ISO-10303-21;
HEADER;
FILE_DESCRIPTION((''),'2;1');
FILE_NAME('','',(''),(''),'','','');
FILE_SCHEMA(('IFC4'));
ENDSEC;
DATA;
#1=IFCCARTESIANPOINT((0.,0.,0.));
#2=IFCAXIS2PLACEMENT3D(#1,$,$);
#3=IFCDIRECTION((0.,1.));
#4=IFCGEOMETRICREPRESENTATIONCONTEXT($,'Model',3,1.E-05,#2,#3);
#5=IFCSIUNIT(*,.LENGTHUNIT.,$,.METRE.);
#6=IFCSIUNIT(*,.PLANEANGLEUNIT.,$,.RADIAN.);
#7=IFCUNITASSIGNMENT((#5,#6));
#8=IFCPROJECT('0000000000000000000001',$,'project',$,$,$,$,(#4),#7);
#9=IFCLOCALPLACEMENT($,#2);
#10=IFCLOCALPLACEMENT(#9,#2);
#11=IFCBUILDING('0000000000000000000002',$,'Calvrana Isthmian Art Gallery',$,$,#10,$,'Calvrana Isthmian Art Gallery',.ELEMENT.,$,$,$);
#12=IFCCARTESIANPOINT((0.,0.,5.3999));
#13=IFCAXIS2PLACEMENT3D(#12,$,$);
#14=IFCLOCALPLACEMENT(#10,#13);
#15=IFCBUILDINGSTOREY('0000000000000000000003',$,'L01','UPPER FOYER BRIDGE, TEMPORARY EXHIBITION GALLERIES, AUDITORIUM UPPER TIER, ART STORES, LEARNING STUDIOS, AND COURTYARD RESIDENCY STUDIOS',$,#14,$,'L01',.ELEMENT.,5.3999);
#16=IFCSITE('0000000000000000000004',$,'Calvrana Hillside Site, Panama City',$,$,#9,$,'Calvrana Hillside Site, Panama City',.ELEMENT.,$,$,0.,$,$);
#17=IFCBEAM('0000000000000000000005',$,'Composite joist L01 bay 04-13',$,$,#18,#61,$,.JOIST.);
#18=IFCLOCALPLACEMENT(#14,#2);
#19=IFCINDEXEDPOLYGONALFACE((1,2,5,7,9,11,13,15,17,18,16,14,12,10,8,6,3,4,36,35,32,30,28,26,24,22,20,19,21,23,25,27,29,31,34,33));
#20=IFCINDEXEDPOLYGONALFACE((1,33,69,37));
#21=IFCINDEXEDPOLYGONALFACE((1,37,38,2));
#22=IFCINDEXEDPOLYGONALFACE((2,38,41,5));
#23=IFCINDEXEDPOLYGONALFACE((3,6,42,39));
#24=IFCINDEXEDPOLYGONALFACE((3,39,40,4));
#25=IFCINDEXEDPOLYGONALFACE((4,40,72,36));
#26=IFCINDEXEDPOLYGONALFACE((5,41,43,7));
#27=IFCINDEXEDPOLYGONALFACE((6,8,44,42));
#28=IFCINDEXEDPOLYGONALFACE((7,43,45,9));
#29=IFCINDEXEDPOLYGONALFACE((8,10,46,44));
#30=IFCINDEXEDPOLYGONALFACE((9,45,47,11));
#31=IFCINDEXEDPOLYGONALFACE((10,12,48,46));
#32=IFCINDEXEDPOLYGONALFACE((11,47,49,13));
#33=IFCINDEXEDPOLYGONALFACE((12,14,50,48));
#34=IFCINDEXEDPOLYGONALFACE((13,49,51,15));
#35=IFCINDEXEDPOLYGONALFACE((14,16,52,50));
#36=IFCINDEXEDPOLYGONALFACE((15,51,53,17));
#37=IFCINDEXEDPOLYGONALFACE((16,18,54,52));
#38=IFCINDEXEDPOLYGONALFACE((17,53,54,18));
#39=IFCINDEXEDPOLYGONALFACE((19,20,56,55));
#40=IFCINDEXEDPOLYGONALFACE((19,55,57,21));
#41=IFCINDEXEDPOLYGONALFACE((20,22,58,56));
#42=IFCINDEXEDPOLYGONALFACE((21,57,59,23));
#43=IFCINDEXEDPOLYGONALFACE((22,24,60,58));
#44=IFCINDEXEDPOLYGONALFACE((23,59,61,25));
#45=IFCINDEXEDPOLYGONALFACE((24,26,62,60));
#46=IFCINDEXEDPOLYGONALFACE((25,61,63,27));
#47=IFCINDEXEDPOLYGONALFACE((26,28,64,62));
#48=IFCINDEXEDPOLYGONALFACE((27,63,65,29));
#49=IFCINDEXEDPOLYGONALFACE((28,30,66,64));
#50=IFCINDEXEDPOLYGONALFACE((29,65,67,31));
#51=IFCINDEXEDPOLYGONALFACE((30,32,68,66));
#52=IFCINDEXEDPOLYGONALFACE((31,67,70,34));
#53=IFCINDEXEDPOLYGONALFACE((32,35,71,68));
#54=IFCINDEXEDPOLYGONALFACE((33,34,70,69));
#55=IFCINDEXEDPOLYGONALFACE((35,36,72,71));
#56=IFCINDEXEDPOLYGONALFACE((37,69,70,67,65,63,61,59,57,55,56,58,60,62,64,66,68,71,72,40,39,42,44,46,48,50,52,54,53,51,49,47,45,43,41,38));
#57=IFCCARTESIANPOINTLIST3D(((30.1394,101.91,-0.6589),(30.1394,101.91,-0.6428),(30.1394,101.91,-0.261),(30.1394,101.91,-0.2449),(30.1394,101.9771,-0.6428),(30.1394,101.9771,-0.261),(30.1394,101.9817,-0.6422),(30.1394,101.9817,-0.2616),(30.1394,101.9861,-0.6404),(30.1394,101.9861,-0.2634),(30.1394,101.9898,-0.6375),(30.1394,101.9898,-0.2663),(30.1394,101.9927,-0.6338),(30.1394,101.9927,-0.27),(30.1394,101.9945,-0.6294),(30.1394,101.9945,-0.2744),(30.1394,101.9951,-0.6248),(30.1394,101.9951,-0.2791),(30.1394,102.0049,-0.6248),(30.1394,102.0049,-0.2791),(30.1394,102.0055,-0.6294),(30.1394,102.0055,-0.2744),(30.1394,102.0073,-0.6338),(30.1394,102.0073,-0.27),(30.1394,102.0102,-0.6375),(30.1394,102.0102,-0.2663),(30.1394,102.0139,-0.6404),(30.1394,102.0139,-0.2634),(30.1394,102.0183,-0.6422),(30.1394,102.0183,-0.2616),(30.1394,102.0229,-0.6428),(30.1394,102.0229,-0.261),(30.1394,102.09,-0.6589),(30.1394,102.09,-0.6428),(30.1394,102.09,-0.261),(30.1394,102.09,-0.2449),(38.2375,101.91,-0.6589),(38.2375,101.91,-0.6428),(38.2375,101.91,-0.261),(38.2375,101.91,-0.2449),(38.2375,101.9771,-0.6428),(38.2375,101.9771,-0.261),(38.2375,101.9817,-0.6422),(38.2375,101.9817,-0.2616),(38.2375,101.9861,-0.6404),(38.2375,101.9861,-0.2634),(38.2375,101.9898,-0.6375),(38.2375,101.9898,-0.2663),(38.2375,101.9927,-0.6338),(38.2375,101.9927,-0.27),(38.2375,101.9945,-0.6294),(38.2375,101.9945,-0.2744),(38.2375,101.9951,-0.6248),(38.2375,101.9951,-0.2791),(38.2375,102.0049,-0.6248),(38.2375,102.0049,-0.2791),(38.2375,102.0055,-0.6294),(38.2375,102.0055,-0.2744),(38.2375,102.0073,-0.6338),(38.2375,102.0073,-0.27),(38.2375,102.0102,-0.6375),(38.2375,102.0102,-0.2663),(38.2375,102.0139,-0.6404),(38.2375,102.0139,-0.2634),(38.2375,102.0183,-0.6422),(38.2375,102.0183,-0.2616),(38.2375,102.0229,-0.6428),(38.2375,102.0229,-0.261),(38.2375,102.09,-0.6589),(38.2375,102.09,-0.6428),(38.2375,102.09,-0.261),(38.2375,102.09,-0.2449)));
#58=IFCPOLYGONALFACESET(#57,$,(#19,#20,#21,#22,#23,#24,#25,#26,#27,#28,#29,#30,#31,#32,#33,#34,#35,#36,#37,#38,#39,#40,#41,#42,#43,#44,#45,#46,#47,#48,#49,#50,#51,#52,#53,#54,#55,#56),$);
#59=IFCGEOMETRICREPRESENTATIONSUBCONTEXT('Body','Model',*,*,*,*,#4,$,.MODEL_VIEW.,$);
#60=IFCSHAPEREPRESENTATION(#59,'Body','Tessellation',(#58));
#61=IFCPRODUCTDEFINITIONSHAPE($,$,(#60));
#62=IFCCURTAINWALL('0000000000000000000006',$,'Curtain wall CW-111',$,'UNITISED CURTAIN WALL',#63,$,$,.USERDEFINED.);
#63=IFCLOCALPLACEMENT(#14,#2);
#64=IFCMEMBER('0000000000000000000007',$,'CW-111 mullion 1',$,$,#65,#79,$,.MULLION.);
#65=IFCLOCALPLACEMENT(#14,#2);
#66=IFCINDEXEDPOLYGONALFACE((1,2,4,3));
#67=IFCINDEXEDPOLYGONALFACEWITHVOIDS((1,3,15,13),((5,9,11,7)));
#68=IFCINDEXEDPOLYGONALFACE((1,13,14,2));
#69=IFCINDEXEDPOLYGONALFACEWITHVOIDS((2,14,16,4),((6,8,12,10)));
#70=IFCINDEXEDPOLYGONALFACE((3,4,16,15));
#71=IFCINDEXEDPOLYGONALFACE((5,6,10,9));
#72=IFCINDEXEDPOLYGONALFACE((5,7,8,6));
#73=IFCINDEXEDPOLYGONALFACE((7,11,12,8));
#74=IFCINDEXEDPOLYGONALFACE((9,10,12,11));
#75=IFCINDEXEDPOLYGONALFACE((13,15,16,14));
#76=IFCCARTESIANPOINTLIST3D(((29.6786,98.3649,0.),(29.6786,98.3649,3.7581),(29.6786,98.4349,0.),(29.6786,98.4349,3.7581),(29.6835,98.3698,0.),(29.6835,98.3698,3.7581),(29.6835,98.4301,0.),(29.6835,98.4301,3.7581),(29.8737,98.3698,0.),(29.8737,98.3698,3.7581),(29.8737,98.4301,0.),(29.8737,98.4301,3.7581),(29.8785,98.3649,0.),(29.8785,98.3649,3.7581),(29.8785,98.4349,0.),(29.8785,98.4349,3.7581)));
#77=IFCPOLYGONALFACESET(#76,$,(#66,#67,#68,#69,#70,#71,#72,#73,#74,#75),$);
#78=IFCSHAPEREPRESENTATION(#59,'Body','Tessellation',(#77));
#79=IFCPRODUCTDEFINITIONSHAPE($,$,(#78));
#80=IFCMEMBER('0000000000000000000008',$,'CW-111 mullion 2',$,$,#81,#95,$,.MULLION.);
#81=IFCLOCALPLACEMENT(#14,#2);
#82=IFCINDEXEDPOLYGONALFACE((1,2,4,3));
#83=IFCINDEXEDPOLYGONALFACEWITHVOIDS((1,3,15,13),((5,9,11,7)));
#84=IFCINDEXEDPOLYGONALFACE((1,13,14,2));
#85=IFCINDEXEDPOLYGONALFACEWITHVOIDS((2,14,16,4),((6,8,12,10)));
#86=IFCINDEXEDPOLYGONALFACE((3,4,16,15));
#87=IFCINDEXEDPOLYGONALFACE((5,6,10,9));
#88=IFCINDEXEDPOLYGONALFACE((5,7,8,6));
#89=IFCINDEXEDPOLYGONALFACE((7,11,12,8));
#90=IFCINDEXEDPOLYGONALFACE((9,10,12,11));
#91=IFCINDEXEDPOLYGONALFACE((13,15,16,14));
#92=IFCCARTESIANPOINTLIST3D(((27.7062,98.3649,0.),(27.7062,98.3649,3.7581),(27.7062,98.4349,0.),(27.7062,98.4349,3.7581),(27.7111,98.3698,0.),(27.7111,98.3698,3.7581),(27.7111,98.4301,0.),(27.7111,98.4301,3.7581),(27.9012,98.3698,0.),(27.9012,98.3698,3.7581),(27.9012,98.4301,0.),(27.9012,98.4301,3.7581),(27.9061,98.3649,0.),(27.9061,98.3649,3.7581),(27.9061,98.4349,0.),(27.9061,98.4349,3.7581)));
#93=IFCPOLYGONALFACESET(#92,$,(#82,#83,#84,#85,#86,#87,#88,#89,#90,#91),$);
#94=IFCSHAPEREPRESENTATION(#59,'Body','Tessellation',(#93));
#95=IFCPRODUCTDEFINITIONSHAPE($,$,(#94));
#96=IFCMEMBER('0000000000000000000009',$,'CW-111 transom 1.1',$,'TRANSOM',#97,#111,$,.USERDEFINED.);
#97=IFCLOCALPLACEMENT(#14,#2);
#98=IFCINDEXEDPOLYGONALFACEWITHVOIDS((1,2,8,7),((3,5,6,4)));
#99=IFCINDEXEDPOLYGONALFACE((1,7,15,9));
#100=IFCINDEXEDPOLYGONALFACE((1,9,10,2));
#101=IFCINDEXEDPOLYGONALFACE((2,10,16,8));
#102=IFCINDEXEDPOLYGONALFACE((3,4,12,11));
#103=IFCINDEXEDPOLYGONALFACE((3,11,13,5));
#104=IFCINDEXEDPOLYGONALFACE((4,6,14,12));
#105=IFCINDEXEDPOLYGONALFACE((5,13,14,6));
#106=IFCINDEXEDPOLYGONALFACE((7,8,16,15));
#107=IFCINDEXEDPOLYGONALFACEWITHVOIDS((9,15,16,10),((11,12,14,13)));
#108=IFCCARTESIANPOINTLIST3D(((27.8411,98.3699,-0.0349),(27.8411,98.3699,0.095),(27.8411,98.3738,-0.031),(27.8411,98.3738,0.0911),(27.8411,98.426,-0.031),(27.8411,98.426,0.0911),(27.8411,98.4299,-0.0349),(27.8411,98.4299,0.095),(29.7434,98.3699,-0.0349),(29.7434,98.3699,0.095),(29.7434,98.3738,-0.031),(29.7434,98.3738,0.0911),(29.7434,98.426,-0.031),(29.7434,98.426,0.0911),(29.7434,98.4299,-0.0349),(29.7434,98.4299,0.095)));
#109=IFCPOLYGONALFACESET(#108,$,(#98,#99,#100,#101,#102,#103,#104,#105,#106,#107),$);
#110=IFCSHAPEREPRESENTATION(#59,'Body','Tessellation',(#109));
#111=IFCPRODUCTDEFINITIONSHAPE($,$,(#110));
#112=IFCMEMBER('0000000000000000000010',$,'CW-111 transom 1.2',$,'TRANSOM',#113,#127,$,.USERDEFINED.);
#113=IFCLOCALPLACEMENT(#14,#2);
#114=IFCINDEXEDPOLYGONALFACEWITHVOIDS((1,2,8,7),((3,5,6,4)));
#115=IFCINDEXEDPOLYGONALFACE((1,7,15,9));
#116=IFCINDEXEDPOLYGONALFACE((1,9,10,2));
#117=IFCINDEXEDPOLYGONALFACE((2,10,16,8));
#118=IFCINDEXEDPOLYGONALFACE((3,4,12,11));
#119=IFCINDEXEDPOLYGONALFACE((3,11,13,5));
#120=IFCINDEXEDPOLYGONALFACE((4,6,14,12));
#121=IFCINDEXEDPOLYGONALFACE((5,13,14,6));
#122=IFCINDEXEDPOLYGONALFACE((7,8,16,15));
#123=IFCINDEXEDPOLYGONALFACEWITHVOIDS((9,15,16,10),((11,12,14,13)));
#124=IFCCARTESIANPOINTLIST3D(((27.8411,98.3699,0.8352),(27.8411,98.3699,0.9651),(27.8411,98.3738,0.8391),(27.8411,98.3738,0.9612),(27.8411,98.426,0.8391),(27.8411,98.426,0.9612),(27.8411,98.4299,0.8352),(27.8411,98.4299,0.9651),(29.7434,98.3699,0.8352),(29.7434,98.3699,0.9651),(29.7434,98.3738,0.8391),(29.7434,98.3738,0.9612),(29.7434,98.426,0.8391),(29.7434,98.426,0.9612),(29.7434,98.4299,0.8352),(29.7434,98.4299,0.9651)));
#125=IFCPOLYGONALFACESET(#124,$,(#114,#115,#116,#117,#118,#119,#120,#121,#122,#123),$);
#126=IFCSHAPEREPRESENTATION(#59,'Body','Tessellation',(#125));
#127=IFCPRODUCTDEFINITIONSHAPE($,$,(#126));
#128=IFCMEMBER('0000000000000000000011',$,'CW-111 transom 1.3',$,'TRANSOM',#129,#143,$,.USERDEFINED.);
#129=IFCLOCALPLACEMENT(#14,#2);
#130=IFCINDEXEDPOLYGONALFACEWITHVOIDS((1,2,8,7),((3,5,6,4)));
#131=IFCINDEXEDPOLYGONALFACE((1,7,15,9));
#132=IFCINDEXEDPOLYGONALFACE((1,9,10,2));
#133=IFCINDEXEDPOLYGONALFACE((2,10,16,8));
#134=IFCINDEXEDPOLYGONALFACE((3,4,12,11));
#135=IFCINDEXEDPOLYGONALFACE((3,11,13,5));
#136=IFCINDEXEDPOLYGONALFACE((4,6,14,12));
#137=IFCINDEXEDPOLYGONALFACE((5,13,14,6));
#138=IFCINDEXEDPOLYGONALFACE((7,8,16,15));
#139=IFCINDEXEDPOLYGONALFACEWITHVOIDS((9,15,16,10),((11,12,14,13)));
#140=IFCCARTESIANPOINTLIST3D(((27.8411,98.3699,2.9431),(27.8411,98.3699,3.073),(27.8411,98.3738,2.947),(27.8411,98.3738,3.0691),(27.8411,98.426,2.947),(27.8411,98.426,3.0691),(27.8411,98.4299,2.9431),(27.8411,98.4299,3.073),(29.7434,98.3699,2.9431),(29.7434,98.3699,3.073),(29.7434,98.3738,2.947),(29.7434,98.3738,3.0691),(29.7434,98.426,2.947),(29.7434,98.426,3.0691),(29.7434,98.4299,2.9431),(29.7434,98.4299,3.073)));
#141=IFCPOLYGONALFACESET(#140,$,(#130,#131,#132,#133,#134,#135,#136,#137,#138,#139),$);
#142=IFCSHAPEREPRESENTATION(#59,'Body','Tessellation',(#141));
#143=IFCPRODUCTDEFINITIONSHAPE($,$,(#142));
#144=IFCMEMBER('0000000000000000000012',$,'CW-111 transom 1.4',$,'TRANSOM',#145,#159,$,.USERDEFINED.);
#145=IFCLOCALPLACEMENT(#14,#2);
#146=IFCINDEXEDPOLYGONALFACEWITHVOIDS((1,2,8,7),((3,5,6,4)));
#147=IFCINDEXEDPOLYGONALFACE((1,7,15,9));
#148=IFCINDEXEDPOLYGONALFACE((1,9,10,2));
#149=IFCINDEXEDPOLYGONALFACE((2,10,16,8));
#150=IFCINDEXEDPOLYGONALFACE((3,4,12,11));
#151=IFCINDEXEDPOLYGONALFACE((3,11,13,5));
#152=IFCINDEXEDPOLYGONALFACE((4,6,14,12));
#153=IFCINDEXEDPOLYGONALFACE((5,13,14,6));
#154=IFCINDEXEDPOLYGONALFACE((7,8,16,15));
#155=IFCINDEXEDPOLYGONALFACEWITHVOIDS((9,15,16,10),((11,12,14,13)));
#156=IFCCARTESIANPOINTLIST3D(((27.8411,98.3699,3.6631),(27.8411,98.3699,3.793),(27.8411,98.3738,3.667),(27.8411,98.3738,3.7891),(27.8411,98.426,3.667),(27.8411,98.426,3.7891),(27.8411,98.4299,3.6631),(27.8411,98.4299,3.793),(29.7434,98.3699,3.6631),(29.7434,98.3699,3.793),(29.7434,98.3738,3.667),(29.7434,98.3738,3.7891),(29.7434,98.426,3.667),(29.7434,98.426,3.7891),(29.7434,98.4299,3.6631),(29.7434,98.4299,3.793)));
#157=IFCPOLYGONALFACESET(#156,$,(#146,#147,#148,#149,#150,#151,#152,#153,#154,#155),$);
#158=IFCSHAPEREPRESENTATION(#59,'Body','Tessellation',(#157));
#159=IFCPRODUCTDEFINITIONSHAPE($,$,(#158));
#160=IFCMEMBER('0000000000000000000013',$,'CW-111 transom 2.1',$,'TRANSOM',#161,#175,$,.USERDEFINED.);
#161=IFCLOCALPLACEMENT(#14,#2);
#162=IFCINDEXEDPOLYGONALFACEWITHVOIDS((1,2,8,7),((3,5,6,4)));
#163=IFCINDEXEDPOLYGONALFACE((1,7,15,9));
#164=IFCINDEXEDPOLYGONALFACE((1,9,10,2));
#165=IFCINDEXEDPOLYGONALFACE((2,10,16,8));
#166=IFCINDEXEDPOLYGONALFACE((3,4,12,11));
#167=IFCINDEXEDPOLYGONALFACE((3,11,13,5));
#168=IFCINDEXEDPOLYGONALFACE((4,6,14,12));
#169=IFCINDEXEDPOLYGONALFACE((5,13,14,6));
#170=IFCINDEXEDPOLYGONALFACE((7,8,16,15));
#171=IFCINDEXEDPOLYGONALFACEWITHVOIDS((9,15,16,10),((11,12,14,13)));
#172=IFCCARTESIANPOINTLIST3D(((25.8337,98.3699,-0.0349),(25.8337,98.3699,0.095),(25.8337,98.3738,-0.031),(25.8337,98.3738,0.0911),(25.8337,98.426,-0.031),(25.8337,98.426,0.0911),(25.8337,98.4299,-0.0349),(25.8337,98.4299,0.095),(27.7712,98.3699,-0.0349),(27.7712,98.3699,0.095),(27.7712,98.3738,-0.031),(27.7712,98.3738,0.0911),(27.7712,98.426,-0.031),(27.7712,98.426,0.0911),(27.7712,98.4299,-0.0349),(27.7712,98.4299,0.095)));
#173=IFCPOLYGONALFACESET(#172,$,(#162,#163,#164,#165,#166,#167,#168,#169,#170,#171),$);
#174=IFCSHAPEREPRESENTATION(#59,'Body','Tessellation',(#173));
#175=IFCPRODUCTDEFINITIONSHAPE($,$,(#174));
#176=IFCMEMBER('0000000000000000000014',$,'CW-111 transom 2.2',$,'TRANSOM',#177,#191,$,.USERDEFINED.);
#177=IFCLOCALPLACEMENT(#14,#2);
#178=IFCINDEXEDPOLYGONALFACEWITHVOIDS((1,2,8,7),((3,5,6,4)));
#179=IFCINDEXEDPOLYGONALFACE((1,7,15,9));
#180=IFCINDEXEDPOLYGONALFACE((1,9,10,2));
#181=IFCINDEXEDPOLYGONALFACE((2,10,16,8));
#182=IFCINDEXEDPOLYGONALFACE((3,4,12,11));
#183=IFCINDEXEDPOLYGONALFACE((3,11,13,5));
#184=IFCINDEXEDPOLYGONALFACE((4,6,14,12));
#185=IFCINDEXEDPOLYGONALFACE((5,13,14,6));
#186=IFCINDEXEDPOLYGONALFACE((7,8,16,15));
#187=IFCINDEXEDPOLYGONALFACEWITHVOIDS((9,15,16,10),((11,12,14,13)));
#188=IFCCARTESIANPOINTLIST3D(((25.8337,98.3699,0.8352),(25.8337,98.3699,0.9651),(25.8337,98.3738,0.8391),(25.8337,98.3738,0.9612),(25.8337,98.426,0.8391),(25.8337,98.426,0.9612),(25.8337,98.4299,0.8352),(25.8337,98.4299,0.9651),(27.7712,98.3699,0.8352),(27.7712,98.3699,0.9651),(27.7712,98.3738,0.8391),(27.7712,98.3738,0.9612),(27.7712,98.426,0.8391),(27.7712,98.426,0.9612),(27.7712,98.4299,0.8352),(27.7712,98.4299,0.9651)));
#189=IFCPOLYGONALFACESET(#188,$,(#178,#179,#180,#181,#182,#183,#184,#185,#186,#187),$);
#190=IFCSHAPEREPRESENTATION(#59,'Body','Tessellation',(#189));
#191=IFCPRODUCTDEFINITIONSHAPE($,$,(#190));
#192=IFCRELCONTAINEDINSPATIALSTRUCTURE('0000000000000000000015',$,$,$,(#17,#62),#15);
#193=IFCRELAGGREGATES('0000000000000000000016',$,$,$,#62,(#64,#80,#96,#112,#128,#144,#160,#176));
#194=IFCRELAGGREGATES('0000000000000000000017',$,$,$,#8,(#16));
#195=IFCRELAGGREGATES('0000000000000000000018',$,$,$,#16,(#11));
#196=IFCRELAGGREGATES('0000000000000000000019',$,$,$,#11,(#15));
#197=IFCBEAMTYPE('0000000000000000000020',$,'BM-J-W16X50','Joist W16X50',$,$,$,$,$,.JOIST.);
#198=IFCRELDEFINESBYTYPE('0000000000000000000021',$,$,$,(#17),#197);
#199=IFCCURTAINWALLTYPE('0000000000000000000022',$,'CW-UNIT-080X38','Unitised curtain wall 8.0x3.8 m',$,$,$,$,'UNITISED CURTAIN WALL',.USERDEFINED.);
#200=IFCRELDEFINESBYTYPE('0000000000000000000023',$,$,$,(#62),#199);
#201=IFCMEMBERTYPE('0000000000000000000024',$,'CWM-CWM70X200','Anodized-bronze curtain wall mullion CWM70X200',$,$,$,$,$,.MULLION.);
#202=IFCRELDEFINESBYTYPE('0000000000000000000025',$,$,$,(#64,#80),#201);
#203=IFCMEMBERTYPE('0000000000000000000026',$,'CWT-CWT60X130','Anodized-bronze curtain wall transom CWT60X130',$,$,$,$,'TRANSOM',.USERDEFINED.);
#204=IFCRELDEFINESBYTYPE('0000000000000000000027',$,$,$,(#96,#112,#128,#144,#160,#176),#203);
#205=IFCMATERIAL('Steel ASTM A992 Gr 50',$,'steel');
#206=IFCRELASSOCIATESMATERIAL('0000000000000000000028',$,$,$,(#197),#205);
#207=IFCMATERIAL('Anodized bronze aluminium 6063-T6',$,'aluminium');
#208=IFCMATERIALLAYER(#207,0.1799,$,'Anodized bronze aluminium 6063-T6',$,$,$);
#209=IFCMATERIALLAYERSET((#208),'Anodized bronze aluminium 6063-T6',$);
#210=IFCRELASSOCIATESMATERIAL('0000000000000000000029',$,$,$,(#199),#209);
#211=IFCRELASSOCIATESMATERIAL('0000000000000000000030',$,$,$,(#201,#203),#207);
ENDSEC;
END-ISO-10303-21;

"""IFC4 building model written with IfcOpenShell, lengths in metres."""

from ifc_helpers import new_model, si_unit, direction, frame, origin, origin_2d, place, context, subcontext, project, spatial, hollow_rectangle, i_section, extrude, material, layer, layer_set, material_profile, profile_set, type_object, element, aggregate, save


model = new_model("IFC4")

# Units and contexts
model_context = context("Model", 3, precision=1e-05, world=origin(), true_north=direction((0.0, 1.0)))
body_context = subcontext(model_context, "Body", "Model", "MODEL_VIEW")
ifc_project = project(units=[si_unit("LENGTHUNIT", "METRE"), si_unit("PLANEANGLEUNIT", "RADIAN")], contexts=[model_context])

# Site, building, storey
site_placement = place(None, origin())
site = spatial("IfcSite", under=ifc_project, at=site_placement, Name="Calvrana Hillside Site, Panama City", LongName="Calvrana Hillside Site, Panama City", CompositionType="ELEMENT", RefElevation=0.0)
building_placement = place(site_placement, origin())
building = spatial("IfcBuilding", under=site, at=building_placement, Name="Calvrana Isthmian Art Gallery", LongName="Calvrana Isthmian Art Gallery", CompositionType="ELEMENT")
storey_placement = place(building_placement, frame((0.0, 0.0, 5.3999)))
storey = spatial("IfcBuildingStorey", under=building, at=storey_placement, Name="L01", Description="UPPER FOYER BRIDGE, TEMPORARY EXHIBITION GALLERIES, AUDITORIUM UPPER TIER, ART STORES, LEARNING STUDIOS, AND COURTYARD RESIDENCY STUDIOS", LongName="L01", CompositionType="ELEMENT", Elevation=5.3999)

# Shared definitions
ifc_material_1 = material(Name="Steel ASTM A992 Gr 50", Category="steel")

# Beam
ifc_material_profile_1 = material_profile(ifc_material_1, i_section(OverallWidth=0.1799, OverallDepth=0.4141, WebThickness=0.0098, FlangeThickness=0.0161, FilletRadius=0.0181, at=origin_2d()), Name="W16X50")
ifc_profile_set_1 = profile_set([ifc_material_profile_1], Name="Steel ASTM A992 Gr 50")
beam_type_1 = type_object("IfcBeamType", Name="BM-J-W16X50", Description="Joist W16X50", PredefinedType="JOIST", material=ifc_profile_set_1)
beam_1_placement = place(storey_placement, frame((30.1394, 102.0, -0.4519), z_axis=(1.0, 0.0, 0.0), x_axis=(0.0, 1.0, 0.0)))
element("IfcBeam", 1, at=beam_1_placement, inside=storey, type_object=beam_type_1, Name="Composite joist L01 bay 04-13", PredefinedType="JOIST", context=body_context, shape_type="SweptSolid", body=[
    extrude(i_section(OverallWidth=0.1799, OverallDepth=0.4141, WebThickness=0.0098, FlangeThickness=0.0161, FilletRadius=0.0181, at=origin_2d()), origin(), (0.0, 0.0, 1.0), 8.0981),
])

# Curtain wall, members
ifc_material_2 = material(Name="Anodized bronze aluminium 6063-T6", Category="aluminium")
ifc_layer_1 = layer(ifc_material_2, 0.1799, Name="Anodized bronze aluminium 6063-T6")
ifc_layer_set_1 = layer_set([ifc_layer_1], Name="Anodized bronze aluminium 6063-T6")
curtain_wall_type = type_object("IfcCurtainWallType", Name="CW-UNIT-080X38", Description="Unitised curtain wall 8.0x3.8 m", ElementType="UNITISED CURTAIN WALL", PredefinedType="USERDEFINED", material=ifc_layer_set_1)
curtain_wall_placement = place(storey_placement, origin())
curtain_wall = element("IfcCurtainWall", 2, at=curtain_wall_placement, inside=storey, type_object=curtain_wall_type, Name="Curtain wall CW-111", ObjectType="UNITISED CURTAIN WALL", PredefinedType="USERDEFINED")
ifc_material_profile_2 = material_profile(ifc_material_2, hollow_rectangle(XDim=0.0701, YDim=0.2, WallThickness=0.0049, at=origin_2d()), Name="CWM70X200")
ifc_profile_set_2 = profile_set([ifc_material_profile_2], Name="Anodized bronze aluminium 6063-T6")
member_type_1 = type_object("IfcMemberType", Name="CWM-CWM70X200", Description="Anodized-bronze curtain wall mullion CWM70X200", PredefinedType="MULLION", material=ifc_profile_set_2)
member_1_placement = place(storey_placement, frame((29.7786, 98.3999, 0.0), z_axis=(0.0, 0.0, 1.0), x_axis=(0.0, -1.0, 0.0)))
member_1 = element("IfcMember", 3, at=member_1_placement, type_object=member_type_1, Name="CW-111 mullion 1", PredefinedType="MULLION", context=body_context, shape_type="SweptSolid", body=[
    extrude(hollow_rectangle(XDim=0.0701, YDim=0.2, WallThickness=0.0049, at=origin_2d()), origin(), (0.0, 0.0, 1.0), 3.7581),
])
member_2_placement = place(storey_placement, frame((27.8062, 98.3999, 0.0), z_axis=(0.0, 0.0, 1.0), x_axis=(0.0, -1.0, 0.0)))
member_2 = element("IfcMember", 4, at=member_2_placement, type_object=member_type_1, Name="CW-111 mullion 2", PredefinedType="MULLION", context=body_context, shape_type="SweptSolid", body=[
    extrude(hollow_rectangle(XDim=0.0701, YDim=0.2, WallThickness=0.0049, at=origin_2d()), origin(), (0.0, 0.0, 1.0), 3.7581),
])
ifc_material_profile_3 = material_profile(ifc_material_2, hollow_rectangle(XDim=0.0601, YDim=0.1299, WallThickness=0.0039, at=origin_2d()), Name="CWT60X130")
ifc_profile_set_3 = profile_set([ifc_material_profile_3], Name="Anodized bronze aluminium 6063-T6")
member_type_2 = type_object("IfcMemberType", Name="CWT-CWT60X130", Description="Anodized-bronze curtain wall transom CWT60X130", ElementType="TRANSOM", PredefinedType="USERDEFINED", material=ifc_profile_set_3)
member_3_placement = place(storey_placement, frame((29.7434, 98.3999, 0.03), z_axis=(-1.0, 0.0, 0.0), x_axis=(0.0, -1.0, 0.0)))
member_3 = element("IfcMember", 5, at=member_3_placement, type_object=member_type_2, Name="CW-111 transom 1.1", ObjectType="TRANSOM", PredefinedType="USERDEFINED", context=body_context, shape_type="SweptSolid", body=[
    extrude(hollow_rectangle(XDim=0.0601, YDim=0.1299, WallThickness=0.0039, at=origin_2d()), origin(), (0.0, 0.0, 1.0), 1.9023),
])
member_4_placement = place(storey_placement, frame((29.7434, 98.3999, 0.9001), z_axis=(-1.0, 0.0, 0.0), x_axis=(0.0, -1.0, 0.0)))
member_4 = element("IfcMember", 6, at=member_4_placement, type_object=member_type_2, Name="CW-111 transom 1.2", ObjectType="TRANSOM", PredefinedType="USERDEFINED", context=body_context, shape_type="SweptSolid", body=[
    extrude(hollow_rectangle(XDim=0.0601, YDim=0.1299, WallThickness=0.0039, at=origin_2d()), origin(), (0.0, 0.0, 1.0), 1.9023),
])
member_5_placement = place(storey_placement, frame((29.7434, 98.3999, 3.0081), z_axis=(-1.0, 0.0, 0.0), x_axis=(0.0, -1.0, 0.0)))
member_5 = element("IfcMember", 7, at=member_5_placement, type_object=member_type_2, Name="CW-111 transom 1.3", ObjectType="TRANSOM", PredefinedType="USERDEFINED", context=body_context, shape_type="SweptSolid", body=[
    extrude(hollow_rectangle(XDim=0.0601, YDim=0.1299, WallThickness=0.0039, at=origin_2d()), origin(), (0.0, 0.0, 1.0), 1.9023),
])
member_6_placement = place(storey_placement, frame((29.7434, 98.3999, 3.728), z_axis=(-1.0, 0.0, 0.0), x_axis=(0.0, -1.0, 0.0)))
member_6 = element("IfcMember", 8, at=member_6_placement, type_object=member_type_2, Name="CW-111 transom 1.4", ObjectType="TRANSOM", PredefinedType="USERDEFINED", context=body_context, shape_type="SweptSolid", body=[
    extrude(hollow_rectangle(XDim=0.0601, YDim=0.1299, WallThickness=0.0039, at=origin_2d()), origin(), (0.0, 0.0, 1.0), 1.9023),
])
member_7_placement = place(storey_placement, frame((27.7712, 98.3999, 0.03), z_axis=(-1.0, 0.0, 0.0), x_axis=(0.0, -1.0, 0.0)))
member_7 = element("IfcMember", 9, at=member_7_placement, type_object=member_type_2, Name="CW-111 transom 2.1", ObjectType="TRANSOM", PredefinedType="USERDEFINED", context=body_context, shape_type="SweptSolid", body=[
    extrude(hollow_rectangle(XDim=0.0601, YDim=0.1299, WallThickness=0.0039, at=origin_2d()), origin(), (0.0, 0.0, 1.0), 1.9375),
])
member_8_placement = place(storey_placement, frame((27.7712, 98.3999, 0.9001), z_axis=(-1.0, 0.0, 0.0), x_axis=(0.0, -1.0, 0.0)))
member_8 = element("IfcMember", 10, at=member_8_placement, type_object=member_type_2, Name="CW-111 transom 2.2", ObjectType="TRANSOM", PredefinedType="USERDEFINED", context=body_context, shape_type="SweptSolid", body=[
    extrude(hollow_rectangle(XDim=0.0601, YDim=0.1299, WallThickness=0.0039, at=origin_2d()), origin(), (0.0, 0.0, 1.0), 1.9375),
])
aggregate(curtain_wall, [member_1, member_2, member_3, member_4, member_5, member_6, member_7, member_8])

save(model, "model.ifc")
